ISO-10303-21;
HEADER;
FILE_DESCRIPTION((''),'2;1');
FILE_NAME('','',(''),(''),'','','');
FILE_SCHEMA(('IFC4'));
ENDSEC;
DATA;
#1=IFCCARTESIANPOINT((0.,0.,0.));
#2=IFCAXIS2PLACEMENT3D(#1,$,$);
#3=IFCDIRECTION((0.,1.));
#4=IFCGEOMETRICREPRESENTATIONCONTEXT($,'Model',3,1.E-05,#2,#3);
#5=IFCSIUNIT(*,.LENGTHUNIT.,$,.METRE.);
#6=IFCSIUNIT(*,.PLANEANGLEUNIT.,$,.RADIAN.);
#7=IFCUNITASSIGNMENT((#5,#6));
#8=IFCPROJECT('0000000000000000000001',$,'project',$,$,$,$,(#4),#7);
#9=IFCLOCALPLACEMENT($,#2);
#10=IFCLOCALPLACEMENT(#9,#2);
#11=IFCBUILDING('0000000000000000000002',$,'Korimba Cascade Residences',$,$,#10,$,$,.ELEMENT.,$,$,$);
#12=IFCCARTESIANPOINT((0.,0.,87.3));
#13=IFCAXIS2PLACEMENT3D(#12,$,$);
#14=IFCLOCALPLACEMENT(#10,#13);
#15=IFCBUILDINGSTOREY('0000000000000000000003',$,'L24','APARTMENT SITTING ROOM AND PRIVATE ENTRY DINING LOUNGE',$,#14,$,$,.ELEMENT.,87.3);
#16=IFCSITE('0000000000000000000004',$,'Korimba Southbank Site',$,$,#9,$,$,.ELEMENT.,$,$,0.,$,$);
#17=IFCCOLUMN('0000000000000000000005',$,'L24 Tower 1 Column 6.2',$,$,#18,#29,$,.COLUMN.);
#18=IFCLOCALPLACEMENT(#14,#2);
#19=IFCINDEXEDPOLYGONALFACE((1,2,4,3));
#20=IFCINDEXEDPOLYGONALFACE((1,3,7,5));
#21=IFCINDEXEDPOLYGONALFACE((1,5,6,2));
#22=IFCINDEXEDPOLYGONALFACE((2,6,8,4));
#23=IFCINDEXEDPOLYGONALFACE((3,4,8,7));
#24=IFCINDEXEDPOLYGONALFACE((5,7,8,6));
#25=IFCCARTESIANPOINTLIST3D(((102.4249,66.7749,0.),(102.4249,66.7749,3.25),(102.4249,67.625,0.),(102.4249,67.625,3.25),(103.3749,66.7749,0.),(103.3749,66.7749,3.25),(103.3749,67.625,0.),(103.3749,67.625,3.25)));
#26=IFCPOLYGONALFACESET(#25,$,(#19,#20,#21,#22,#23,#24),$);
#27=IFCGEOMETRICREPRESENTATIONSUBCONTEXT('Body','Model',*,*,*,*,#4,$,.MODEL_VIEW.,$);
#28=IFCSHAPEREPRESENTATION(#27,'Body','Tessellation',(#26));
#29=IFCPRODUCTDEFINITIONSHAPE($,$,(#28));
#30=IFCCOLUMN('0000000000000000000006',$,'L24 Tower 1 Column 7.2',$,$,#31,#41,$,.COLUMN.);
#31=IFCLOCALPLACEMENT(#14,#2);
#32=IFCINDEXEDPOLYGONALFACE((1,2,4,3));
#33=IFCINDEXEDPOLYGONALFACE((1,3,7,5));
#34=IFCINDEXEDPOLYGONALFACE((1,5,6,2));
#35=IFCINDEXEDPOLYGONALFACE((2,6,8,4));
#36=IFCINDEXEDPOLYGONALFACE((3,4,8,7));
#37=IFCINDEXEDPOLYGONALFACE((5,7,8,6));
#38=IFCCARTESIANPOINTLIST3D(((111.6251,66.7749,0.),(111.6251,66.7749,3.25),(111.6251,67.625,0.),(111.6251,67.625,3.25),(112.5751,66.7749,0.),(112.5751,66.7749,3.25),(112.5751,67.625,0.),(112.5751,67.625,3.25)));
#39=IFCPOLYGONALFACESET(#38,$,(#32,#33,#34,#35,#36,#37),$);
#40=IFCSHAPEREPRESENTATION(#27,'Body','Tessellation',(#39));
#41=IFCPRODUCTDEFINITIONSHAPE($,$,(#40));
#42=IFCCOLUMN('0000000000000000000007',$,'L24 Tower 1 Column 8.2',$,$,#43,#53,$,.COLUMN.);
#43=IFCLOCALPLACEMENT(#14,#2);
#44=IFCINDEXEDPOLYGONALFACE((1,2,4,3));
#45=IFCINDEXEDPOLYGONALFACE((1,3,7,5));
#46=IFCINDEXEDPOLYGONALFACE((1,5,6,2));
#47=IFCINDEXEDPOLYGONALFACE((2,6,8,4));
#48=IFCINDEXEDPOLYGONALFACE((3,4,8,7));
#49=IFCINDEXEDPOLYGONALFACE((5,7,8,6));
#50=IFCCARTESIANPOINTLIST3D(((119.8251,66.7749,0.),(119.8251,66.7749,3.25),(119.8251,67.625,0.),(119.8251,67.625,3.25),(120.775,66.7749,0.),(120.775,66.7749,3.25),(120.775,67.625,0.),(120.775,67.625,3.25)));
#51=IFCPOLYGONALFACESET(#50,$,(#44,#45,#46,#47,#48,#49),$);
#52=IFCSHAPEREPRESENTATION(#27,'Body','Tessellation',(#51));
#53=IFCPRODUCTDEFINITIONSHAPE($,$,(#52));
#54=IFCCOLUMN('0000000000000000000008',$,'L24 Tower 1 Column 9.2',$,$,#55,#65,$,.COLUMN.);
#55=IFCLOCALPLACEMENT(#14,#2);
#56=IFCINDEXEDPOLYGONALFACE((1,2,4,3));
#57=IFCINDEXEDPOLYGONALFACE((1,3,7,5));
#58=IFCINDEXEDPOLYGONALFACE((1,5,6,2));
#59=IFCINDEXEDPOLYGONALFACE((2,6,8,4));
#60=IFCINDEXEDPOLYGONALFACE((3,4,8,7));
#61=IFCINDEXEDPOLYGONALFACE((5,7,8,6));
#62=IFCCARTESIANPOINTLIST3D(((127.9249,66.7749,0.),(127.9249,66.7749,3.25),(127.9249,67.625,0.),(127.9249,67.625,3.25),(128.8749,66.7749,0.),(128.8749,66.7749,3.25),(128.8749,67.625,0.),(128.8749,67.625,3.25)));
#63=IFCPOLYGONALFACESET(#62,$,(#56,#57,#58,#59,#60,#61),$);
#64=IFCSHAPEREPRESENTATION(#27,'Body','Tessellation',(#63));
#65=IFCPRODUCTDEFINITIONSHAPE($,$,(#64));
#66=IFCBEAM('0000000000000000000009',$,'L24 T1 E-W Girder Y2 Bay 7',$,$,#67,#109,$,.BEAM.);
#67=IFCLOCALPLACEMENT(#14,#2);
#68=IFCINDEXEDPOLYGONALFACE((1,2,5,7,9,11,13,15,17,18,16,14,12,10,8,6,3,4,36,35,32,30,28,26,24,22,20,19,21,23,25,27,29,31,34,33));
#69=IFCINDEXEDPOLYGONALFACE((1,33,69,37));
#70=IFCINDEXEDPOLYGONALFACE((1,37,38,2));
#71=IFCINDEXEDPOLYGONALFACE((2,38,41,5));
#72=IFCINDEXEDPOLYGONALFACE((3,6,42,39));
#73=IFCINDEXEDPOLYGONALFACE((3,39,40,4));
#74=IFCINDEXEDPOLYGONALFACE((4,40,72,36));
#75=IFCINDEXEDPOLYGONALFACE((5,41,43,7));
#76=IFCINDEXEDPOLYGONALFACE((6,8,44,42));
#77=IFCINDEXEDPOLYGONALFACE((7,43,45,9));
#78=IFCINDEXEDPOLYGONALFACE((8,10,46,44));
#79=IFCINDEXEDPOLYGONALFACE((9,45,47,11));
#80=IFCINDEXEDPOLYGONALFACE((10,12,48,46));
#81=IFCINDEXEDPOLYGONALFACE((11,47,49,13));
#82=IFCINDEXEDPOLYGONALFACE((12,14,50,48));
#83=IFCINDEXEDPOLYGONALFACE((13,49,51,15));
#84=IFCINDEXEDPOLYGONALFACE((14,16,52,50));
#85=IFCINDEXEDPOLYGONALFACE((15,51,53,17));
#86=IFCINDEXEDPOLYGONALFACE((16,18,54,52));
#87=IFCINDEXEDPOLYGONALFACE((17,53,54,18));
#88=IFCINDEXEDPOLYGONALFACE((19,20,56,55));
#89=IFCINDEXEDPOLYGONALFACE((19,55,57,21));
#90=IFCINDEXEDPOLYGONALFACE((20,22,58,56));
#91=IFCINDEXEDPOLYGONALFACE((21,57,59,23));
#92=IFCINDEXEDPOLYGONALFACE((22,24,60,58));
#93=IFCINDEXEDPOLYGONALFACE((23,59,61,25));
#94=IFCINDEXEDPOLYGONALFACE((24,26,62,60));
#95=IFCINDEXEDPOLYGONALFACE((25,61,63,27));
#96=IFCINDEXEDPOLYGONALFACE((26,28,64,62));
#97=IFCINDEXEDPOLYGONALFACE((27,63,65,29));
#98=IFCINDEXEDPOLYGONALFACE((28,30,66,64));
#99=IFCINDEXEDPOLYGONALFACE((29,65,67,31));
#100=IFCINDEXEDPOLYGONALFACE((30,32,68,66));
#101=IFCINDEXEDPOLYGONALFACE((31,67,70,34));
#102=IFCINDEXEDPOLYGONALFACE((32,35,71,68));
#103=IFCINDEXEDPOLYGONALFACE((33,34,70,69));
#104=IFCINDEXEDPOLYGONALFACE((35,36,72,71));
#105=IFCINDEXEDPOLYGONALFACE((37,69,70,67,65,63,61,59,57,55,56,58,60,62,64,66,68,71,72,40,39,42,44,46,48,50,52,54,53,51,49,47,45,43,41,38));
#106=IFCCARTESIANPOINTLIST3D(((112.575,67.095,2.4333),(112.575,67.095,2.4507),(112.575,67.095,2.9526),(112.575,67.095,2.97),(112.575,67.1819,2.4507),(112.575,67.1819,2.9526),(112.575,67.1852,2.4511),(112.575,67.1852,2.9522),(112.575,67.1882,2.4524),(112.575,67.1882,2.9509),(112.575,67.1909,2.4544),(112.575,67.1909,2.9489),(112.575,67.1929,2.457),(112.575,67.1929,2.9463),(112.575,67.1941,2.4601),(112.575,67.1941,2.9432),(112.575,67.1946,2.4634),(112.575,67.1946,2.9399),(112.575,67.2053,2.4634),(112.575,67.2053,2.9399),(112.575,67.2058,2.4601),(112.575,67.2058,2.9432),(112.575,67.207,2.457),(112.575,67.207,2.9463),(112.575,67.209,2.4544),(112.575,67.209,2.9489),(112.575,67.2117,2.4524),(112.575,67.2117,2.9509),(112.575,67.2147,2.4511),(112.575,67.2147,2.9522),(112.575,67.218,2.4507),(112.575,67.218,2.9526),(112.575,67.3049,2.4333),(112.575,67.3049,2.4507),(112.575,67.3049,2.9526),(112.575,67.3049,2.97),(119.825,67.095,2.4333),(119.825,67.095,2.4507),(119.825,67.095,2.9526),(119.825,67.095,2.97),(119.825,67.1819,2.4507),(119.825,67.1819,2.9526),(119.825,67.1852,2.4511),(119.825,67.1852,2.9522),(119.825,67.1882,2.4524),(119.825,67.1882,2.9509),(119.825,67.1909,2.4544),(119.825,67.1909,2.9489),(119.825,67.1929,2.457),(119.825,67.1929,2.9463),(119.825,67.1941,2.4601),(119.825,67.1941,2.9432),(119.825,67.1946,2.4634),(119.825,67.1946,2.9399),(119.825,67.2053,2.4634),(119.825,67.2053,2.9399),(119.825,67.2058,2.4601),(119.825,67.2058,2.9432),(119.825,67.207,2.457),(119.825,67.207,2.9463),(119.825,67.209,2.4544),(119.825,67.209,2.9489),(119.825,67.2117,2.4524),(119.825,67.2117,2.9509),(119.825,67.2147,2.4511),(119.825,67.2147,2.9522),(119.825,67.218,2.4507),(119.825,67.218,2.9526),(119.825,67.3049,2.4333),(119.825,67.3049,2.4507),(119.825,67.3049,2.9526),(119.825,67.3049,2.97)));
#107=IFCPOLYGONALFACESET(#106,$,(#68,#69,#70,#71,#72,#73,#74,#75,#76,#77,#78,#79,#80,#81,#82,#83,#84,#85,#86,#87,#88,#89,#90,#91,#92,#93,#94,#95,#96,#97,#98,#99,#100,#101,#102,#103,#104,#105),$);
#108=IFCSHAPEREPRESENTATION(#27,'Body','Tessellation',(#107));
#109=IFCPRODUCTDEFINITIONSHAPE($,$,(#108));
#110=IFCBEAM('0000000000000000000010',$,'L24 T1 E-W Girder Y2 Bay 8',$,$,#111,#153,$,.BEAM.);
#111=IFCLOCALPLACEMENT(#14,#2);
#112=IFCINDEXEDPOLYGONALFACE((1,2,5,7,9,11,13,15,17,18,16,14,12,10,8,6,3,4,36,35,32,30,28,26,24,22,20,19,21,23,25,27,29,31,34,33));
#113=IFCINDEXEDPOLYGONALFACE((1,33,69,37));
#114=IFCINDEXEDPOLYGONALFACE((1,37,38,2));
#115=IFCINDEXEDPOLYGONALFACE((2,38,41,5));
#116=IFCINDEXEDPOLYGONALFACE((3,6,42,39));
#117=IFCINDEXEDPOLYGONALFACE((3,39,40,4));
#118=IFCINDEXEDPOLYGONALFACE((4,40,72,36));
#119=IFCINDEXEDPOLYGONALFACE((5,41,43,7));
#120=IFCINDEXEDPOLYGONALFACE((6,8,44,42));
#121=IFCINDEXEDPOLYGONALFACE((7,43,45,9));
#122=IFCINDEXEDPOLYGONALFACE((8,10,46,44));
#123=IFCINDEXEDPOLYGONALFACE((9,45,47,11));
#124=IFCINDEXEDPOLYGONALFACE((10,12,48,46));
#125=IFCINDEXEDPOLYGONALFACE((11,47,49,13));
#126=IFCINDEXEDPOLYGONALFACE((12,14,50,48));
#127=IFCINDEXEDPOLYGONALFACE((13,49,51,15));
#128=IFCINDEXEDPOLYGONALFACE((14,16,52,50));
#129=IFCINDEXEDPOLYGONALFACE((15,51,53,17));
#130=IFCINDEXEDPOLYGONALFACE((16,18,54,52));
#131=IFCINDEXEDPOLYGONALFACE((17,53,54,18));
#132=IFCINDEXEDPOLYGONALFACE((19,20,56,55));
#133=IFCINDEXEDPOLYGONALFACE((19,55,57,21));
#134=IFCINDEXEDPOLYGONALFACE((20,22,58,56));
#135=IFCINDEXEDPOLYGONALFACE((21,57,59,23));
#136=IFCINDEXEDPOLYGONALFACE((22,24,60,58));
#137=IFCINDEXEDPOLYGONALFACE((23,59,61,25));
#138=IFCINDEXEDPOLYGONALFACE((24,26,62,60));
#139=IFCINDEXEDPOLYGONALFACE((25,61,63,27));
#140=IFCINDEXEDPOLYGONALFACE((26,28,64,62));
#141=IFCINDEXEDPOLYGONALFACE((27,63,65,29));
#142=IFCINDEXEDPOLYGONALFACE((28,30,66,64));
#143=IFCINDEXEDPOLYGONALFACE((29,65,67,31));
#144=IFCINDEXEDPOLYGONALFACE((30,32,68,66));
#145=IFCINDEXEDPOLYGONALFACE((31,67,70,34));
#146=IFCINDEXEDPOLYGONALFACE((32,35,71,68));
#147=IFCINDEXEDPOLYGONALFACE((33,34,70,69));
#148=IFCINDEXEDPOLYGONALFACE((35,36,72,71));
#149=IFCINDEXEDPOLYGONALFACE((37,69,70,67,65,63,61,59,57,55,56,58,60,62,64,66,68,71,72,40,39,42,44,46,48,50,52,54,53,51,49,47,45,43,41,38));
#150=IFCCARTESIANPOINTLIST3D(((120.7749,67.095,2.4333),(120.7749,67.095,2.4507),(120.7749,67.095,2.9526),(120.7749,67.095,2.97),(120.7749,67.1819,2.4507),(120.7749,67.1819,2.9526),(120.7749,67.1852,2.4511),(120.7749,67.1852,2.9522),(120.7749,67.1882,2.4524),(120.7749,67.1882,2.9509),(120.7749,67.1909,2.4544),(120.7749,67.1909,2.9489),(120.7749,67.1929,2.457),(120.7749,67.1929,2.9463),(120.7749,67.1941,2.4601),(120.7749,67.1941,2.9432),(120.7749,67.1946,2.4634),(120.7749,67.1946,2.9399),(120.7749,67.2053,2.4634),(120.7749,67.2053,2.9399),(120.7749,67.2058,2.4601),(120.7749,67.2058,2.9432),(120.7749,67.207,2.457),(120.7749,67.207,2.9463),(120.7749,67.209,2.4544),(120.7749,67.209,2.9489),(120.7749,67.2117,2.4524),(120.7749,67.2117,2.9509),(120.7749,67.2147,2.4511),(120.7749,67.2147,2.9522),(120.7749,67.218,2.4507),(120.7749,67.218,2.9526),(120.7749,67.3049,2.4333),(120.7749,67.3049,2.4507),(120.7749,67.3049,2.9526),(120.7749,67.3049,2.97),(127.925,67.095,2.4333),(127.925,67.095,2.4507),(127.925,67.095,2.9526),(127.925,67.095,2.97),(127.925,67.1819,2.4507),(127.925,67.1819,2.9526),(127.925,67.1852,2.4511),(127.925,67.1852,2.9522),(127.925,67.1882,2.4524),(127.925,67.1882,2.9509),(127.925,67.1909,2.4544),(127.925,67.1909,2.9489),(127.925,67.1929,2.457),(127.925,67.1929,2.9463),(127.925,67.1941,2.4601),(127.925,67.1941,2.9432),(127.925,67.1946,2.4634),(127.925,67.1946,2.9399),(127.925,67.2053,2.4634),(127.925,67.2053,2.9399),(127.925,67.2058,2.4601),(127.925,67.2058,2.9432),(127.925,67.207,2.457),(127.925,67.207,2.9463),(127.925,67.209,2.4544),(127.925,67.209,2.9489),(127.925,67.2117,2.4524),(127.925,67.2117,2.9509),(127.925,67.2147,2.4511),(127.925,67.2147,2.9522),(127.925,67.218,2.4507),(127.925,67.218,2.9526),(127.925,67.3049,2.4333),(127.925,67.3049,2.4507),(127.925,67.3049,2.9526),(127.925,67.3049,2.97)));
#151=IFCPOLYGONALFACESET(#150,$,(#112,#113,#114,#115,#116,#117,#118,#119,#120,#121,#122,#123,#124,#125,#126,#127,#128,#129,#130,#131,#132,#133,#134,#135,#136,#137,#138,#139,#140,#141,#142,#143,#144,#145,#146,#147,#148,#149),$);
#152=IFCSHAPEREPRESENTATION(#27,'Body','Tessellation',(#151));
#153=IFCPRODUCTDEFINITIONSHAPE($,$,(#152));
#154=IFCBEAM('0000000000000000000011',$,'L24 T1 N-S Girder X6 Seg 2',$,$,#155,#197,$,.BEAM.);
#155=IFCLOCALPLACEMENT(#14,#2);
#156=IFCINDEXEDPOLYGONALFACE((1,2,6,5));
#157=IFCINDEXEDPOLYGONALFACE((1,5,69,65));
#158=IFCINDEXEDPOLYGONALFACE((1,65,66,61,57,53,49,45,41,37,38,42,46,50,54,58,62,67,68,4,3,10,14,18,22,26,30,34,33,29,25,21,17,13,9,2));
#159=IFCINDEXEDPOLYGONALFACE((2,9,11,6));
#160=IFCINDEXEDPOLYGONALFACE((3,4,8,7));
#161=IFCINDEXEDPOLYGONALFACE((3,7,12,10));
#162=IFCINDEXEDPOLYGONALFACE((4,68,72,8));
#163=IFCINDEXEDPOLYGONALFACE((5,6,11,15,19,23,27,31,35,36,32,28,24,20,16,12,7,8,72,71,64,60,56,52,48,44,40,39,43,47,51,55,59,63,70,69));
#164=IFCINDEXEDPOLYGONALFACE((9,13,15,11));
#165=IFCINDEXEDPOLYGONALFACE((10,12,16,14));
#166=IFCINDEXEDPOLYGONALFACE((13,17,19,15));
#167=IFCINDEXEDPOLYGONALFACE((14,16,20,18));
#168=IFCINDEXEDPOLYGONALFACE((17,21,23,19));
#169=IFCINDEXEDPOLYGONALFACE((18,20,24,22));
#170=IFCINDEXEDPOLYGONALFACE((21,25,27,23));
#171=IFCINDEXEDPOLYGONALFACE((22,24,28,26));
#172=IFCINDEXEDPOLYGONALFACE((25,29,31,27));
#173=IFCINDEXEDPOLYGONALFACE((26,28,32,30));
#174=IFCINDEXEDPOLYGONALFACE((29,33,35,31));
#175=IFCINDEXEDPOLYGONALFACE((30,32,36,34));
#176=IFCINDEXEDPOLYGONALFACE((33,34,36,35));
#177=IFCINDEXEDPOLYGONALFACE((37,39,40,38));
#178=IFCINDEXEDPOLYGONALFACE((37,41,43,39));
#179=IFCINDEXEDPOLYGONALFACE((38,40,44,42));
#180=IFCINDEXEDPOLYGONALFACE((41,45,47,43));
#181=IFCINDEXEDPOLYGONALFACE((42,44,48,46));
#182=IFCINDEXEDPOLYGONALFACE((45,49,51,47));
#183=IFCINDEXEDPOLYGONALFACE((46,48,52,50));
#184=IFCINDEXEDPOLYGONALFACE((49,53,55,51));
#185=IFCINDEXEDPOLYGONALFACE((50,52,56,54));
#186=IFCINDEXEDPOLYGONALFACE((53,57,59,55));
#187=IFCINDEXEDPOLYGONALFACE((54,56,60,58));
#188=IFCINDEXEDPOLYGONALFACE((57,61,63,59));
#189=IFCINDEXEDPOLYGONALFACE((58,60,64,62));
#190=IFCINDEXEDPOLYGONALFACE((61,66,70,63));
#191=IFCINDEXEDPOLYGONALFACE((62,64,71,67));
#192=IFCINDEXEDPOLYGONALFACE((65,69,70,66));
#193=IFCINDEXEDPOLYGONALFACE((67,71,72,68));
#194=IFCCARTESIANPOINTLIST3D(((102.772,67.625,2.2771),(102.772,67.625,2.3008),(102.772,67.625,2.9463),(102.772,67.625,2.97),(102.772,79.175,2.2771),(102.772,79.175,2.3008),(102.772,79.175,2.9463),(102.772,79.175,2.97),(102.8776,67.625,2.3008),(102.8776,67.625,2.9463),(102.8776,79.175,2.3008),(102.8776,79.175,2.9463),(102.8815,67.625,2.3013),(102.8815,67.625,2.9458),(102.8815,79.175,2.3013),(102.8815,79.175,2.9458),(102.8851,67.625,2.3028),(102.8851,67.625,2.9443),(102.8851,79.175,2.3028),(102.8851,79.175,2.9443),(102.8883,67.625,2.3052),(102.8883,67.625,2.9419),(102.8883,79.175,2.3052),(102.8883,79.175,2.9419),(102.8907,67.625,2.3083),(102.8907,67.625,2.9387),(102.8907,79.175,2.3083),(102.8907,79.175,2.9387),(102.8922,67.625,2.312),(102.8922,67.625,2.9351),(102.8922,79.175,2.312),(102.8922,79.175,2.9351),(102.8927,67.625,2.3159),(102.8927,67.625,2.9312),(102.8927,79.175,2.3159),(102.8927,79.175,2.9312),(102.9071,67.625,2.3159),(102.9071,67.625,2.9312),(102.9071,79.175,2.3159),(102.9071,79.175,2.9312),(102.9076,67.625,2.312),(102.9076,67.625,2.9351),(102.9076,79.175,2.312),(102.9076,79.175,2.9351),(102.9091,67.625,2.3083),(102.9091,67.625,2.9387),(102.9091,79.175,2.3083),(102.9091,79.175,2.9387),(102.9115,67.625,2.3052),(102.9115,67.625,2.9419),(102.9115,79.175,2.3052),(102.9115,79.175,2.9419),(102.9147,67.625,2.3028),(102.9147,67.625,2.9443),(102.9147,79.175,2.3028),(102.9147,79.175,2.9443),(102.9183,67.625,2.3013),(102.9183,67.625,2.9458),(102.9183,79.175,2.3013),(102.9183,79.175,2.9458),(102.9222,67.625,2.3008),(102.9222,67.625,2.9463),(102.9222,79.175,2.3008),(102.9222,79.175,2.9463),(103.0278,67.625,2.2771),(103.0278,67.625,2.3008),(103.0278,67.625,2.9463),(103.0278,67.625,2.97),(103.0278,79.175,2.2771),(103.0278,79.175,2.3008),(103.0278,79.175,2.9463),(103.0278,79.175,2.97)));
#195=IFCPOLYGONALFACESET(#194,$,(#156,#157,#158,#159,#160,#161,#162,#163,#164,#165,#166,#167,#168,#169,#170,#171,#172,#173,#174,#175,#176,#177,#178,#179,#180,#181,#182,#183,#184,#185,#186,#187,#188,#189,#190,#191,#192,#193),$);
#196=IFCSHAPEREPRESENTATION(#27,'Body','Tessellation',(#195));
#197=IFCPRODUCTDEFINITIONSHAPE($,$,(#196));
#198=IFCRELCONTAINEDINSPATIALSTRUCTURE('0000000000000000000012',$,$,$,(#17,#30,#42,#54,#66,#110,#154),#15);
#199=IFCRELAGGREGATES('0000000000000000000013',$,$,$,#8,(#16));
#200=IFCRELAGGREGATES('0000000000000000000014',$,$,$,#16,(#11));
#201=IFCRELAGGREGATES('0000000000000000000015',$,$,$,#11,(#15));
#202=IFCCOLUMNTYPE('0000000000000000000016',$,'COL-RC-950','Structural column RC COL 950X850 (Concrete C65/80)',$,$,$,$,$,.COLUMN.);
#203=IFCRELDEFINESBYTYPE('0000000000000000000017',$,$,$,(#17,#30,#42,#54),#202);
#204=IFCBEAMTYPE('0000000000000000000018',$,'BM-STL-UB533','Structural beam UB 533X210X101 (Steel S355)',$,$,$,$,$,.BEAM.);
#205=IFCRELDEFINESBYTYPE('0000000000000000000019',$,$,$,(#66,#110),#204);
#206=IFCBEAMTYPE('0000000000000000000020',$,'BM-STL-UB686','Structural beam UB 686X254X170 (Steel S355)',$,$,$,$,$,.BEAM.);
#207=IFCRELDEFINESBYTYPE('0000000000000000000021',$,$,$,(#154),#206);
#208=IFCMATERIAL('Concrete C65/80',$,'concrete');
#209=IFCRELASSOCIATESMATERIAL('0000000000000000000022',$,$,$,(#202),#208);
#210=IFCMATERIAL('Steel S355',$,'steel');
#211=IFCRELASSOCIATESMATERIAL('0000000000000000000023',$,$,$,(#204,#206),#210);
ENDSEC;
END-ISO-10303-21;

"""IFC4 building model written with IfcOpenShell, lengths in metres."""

from ifc_helpers import new_model, si_unit, direction, frame, origin, origin_2d, place, context, subcontext, project, spatial, rectangle, i_section, extrude, material, material_profile, profile_set, type_object, element, save


model = new_model("IFC4")

# Units and contexts
model_context = context("Model", 3, precision=1e-05, world=origin(), true_north=direction((0.0, 1.0)))
body_context = subcontext(model_context, "Body", "Model", "MODEL_VIEW")
ifc_project = project(units=[si_unit("LENGTHUNIT", "METRE"), si_unit("PLANEANGLEUNIT", "RADIAN")], contexts=[model_context])

# Site, building, storey
site_placement = place(None, origin())
site = spatial("IfcSite", under=ifc_project, at=site_placement, Name="Korimba Southbank Site", CompositionType="ELEMENT", RefElevation=0.0)
building_placement = place(site_placement, origin())
building = spatial("IfcBuilding", under=site, at=building_placement, Name="Korimba Cascade Residences", CompositionType="ELEMENT")
storey_placement = place(building_placement, frame((0.0, 0.0, 87.3)))
storey = spatial("IfcBuildingStorey", under=building, at=storey_placement, Name="L24", Description="APARTMENT SITTING ROOM AND PRIVATE ENTRY DINING LOUNGE", CompositionType="ELEMENT", Elevation=87.3)

# Columns
ifc_material_1 = material(Name="Concrete C65/80", Category="concrete")
ifc_material_profile_1 = material_profile(ifc_material_1, rectangle(XDim=0.95, YDim=0.8501, at=origin_2d()), Name="Concrete C65/80")
ifc_profile_set_1 = profile_set([ifc_material_profile_1], Name="Concrete C65/80")
column_type = type_object("IfcColumnType", Name="COL-RC-950", Description="Structural column RC COL 950X850 (Concrete C65/80)", PredefinedType="COLUMN", material=ifc_profile_set_1)
for number, where, z_axis, x_axis, name in (
    (1, (102.8999, 67.2, 0.0), (0.0, 0.0, 1.0), (1.0, 0.0, 0.0), "L24 Tower 1 Column 6.2"),
    (2, (112.1001, 67.2, 0.0), (0.0, 0.0, 1.0), (1.0, 0.0, 0.0), "L24 Tower 1 Column 7.2"),
    (3, (120.3, 67.2, 0.0), (0.0, 0.0, 1.0), (1.0, 0.0, 0.0), "L24 Tower 1 Column 8.2"),
    (4, (128.3999, 67.2, 0.0), (0.0, 0.0, 1.0), (1.0, 0.0, 0.0), "L24 Tower 1 Column 9.2"),
):
    element("IfcColumn", number, at=place(storey_placement, frame(where, z_axis=z_axis, x_axis=x_axis)), inside=storey, type_object=column_type, Name=name, PredefinedType="COLUMN", context=body_context, shape_type="SweptSolid", body=[
        extrude(rectangle(XDim=0.95, YDim=0.8501, at=origin_2d()), origin(), (0.0, 0.0, 1.0), 3.25),
    ])

# Beams
ifc_material_2 = material(Name="Steel S355", Category="steel")
ifc_material_profile_2 = material_profile(ifc_material_2, i_section(OverallWidth=0.21, OverallDepth=0.5366, WebThickness=0.0107, FlangeThickness=0.0173, FilletRadius=0.0127, at=origin_2d()), Name="Steel S355")
ifc_profile_set_2 = profile_set([ifc_material_profile_2], Name="Steel S355")
beam_type_1 = type_object("IfcBeamType", Name="BM-STL-UB533", Description="Structural beam UB 533X210X101 (Steel S355)", PredefinedType="BEAM", material=ifc_profile_set_2)
beam_1_placement = place(storey_placement, frame((112.575, 67.2, 2.7017), z_axis=(1.0, 0.0, 0.0), x_axis=(0.0, 1.0, 0.0)))
element("IfcBeam", 5, at=beam_1_placement, inside=storey, type_object=beam_type_1, Name="L24 T1 E-W Girder Y2 Bay 7", PredefinedType="BEAM", context=body_context, shape_type="SweptSolid", body=[
    extrude(i_section(OverallWidth=0.21, OverallDepth=0.5366, WebThickness=0.0107, FlangeThickness=0.0173, FilletRadius=0.0127, at=origin_2d()), origin(), (0.0, 0.0, 1.0), 7.25),
])
beam_2_placement = place(storey_placement, frame((120.7749, 67.2, 2.7017), z_axis=(1.0, 0.0, 0.0), x_axis=(0.0, 1.0, 0.0)))
element("IfcBeam", 6, at=beam_2_placement, inside=storey, type_object=beam_type_1, Name="L24 T1 E-W Girder Y2 Bay 8", PredefinedType="BEAM", context=body_context, shape_type="SweptSolid", body=[
    extrude(i_section(OverallWidth=0.21, OverallDepth=0.5366, WebThickness=0.0107, FlangeThickness=0.0173, FilletRadius=0.0127, at=origin_2d()), origin(), (0.0, 0.0, 1.0), 7.1501),
])
ifc_material_profile_3 = material_profile(ifc_material_2, i_section(OverallWidth=0.2559, OverallDepth=0.6929, WebThickness=0.0144, FlangeThickness=0.0237, FilletRadius=0.0151, at=origin_2d()), Name="Steel S355")
ifc_profile_set_3 = profile_set([ifc_material_profile_3], Name="Steel S355")
beam_type_2 = type_object("IfcBeamType", Name="BM-STL-UB686", Description="Structural beam UB 686X254X170 (Steel S355)", PredefinedType="BEAM", material=ifc_profile_set_3)
for number, where, z_axis, x_axis, name in (
    (7, (102.8999, 67.625, 2.6235), (0.0, 1.0, 0.0), (-1.0, 0.0, 0.0), "L24 T1 N-S Girder X6 Seg 2"),
):
    element("IfcBeam", number, at=place(storey_placement, frame(where, z_axis=z_axis, x_axis=x_axis)), inside=storey, type_object=beam_type_2, Name=name, PredefinedType="BEAM", context=body_context, shape_type="SweptSolid", body=[
        extrude(i_section(OverallWidth=0.2559, OverallDepth=0.6929, WebThickness=0.0144, FlangeThickness=0.0237, FilletRadius=0.0151, at=origin_2d()), origin(), (0.0, 0.0, 1.0), 11.55),
    ])

save(model, "model.ifc")
